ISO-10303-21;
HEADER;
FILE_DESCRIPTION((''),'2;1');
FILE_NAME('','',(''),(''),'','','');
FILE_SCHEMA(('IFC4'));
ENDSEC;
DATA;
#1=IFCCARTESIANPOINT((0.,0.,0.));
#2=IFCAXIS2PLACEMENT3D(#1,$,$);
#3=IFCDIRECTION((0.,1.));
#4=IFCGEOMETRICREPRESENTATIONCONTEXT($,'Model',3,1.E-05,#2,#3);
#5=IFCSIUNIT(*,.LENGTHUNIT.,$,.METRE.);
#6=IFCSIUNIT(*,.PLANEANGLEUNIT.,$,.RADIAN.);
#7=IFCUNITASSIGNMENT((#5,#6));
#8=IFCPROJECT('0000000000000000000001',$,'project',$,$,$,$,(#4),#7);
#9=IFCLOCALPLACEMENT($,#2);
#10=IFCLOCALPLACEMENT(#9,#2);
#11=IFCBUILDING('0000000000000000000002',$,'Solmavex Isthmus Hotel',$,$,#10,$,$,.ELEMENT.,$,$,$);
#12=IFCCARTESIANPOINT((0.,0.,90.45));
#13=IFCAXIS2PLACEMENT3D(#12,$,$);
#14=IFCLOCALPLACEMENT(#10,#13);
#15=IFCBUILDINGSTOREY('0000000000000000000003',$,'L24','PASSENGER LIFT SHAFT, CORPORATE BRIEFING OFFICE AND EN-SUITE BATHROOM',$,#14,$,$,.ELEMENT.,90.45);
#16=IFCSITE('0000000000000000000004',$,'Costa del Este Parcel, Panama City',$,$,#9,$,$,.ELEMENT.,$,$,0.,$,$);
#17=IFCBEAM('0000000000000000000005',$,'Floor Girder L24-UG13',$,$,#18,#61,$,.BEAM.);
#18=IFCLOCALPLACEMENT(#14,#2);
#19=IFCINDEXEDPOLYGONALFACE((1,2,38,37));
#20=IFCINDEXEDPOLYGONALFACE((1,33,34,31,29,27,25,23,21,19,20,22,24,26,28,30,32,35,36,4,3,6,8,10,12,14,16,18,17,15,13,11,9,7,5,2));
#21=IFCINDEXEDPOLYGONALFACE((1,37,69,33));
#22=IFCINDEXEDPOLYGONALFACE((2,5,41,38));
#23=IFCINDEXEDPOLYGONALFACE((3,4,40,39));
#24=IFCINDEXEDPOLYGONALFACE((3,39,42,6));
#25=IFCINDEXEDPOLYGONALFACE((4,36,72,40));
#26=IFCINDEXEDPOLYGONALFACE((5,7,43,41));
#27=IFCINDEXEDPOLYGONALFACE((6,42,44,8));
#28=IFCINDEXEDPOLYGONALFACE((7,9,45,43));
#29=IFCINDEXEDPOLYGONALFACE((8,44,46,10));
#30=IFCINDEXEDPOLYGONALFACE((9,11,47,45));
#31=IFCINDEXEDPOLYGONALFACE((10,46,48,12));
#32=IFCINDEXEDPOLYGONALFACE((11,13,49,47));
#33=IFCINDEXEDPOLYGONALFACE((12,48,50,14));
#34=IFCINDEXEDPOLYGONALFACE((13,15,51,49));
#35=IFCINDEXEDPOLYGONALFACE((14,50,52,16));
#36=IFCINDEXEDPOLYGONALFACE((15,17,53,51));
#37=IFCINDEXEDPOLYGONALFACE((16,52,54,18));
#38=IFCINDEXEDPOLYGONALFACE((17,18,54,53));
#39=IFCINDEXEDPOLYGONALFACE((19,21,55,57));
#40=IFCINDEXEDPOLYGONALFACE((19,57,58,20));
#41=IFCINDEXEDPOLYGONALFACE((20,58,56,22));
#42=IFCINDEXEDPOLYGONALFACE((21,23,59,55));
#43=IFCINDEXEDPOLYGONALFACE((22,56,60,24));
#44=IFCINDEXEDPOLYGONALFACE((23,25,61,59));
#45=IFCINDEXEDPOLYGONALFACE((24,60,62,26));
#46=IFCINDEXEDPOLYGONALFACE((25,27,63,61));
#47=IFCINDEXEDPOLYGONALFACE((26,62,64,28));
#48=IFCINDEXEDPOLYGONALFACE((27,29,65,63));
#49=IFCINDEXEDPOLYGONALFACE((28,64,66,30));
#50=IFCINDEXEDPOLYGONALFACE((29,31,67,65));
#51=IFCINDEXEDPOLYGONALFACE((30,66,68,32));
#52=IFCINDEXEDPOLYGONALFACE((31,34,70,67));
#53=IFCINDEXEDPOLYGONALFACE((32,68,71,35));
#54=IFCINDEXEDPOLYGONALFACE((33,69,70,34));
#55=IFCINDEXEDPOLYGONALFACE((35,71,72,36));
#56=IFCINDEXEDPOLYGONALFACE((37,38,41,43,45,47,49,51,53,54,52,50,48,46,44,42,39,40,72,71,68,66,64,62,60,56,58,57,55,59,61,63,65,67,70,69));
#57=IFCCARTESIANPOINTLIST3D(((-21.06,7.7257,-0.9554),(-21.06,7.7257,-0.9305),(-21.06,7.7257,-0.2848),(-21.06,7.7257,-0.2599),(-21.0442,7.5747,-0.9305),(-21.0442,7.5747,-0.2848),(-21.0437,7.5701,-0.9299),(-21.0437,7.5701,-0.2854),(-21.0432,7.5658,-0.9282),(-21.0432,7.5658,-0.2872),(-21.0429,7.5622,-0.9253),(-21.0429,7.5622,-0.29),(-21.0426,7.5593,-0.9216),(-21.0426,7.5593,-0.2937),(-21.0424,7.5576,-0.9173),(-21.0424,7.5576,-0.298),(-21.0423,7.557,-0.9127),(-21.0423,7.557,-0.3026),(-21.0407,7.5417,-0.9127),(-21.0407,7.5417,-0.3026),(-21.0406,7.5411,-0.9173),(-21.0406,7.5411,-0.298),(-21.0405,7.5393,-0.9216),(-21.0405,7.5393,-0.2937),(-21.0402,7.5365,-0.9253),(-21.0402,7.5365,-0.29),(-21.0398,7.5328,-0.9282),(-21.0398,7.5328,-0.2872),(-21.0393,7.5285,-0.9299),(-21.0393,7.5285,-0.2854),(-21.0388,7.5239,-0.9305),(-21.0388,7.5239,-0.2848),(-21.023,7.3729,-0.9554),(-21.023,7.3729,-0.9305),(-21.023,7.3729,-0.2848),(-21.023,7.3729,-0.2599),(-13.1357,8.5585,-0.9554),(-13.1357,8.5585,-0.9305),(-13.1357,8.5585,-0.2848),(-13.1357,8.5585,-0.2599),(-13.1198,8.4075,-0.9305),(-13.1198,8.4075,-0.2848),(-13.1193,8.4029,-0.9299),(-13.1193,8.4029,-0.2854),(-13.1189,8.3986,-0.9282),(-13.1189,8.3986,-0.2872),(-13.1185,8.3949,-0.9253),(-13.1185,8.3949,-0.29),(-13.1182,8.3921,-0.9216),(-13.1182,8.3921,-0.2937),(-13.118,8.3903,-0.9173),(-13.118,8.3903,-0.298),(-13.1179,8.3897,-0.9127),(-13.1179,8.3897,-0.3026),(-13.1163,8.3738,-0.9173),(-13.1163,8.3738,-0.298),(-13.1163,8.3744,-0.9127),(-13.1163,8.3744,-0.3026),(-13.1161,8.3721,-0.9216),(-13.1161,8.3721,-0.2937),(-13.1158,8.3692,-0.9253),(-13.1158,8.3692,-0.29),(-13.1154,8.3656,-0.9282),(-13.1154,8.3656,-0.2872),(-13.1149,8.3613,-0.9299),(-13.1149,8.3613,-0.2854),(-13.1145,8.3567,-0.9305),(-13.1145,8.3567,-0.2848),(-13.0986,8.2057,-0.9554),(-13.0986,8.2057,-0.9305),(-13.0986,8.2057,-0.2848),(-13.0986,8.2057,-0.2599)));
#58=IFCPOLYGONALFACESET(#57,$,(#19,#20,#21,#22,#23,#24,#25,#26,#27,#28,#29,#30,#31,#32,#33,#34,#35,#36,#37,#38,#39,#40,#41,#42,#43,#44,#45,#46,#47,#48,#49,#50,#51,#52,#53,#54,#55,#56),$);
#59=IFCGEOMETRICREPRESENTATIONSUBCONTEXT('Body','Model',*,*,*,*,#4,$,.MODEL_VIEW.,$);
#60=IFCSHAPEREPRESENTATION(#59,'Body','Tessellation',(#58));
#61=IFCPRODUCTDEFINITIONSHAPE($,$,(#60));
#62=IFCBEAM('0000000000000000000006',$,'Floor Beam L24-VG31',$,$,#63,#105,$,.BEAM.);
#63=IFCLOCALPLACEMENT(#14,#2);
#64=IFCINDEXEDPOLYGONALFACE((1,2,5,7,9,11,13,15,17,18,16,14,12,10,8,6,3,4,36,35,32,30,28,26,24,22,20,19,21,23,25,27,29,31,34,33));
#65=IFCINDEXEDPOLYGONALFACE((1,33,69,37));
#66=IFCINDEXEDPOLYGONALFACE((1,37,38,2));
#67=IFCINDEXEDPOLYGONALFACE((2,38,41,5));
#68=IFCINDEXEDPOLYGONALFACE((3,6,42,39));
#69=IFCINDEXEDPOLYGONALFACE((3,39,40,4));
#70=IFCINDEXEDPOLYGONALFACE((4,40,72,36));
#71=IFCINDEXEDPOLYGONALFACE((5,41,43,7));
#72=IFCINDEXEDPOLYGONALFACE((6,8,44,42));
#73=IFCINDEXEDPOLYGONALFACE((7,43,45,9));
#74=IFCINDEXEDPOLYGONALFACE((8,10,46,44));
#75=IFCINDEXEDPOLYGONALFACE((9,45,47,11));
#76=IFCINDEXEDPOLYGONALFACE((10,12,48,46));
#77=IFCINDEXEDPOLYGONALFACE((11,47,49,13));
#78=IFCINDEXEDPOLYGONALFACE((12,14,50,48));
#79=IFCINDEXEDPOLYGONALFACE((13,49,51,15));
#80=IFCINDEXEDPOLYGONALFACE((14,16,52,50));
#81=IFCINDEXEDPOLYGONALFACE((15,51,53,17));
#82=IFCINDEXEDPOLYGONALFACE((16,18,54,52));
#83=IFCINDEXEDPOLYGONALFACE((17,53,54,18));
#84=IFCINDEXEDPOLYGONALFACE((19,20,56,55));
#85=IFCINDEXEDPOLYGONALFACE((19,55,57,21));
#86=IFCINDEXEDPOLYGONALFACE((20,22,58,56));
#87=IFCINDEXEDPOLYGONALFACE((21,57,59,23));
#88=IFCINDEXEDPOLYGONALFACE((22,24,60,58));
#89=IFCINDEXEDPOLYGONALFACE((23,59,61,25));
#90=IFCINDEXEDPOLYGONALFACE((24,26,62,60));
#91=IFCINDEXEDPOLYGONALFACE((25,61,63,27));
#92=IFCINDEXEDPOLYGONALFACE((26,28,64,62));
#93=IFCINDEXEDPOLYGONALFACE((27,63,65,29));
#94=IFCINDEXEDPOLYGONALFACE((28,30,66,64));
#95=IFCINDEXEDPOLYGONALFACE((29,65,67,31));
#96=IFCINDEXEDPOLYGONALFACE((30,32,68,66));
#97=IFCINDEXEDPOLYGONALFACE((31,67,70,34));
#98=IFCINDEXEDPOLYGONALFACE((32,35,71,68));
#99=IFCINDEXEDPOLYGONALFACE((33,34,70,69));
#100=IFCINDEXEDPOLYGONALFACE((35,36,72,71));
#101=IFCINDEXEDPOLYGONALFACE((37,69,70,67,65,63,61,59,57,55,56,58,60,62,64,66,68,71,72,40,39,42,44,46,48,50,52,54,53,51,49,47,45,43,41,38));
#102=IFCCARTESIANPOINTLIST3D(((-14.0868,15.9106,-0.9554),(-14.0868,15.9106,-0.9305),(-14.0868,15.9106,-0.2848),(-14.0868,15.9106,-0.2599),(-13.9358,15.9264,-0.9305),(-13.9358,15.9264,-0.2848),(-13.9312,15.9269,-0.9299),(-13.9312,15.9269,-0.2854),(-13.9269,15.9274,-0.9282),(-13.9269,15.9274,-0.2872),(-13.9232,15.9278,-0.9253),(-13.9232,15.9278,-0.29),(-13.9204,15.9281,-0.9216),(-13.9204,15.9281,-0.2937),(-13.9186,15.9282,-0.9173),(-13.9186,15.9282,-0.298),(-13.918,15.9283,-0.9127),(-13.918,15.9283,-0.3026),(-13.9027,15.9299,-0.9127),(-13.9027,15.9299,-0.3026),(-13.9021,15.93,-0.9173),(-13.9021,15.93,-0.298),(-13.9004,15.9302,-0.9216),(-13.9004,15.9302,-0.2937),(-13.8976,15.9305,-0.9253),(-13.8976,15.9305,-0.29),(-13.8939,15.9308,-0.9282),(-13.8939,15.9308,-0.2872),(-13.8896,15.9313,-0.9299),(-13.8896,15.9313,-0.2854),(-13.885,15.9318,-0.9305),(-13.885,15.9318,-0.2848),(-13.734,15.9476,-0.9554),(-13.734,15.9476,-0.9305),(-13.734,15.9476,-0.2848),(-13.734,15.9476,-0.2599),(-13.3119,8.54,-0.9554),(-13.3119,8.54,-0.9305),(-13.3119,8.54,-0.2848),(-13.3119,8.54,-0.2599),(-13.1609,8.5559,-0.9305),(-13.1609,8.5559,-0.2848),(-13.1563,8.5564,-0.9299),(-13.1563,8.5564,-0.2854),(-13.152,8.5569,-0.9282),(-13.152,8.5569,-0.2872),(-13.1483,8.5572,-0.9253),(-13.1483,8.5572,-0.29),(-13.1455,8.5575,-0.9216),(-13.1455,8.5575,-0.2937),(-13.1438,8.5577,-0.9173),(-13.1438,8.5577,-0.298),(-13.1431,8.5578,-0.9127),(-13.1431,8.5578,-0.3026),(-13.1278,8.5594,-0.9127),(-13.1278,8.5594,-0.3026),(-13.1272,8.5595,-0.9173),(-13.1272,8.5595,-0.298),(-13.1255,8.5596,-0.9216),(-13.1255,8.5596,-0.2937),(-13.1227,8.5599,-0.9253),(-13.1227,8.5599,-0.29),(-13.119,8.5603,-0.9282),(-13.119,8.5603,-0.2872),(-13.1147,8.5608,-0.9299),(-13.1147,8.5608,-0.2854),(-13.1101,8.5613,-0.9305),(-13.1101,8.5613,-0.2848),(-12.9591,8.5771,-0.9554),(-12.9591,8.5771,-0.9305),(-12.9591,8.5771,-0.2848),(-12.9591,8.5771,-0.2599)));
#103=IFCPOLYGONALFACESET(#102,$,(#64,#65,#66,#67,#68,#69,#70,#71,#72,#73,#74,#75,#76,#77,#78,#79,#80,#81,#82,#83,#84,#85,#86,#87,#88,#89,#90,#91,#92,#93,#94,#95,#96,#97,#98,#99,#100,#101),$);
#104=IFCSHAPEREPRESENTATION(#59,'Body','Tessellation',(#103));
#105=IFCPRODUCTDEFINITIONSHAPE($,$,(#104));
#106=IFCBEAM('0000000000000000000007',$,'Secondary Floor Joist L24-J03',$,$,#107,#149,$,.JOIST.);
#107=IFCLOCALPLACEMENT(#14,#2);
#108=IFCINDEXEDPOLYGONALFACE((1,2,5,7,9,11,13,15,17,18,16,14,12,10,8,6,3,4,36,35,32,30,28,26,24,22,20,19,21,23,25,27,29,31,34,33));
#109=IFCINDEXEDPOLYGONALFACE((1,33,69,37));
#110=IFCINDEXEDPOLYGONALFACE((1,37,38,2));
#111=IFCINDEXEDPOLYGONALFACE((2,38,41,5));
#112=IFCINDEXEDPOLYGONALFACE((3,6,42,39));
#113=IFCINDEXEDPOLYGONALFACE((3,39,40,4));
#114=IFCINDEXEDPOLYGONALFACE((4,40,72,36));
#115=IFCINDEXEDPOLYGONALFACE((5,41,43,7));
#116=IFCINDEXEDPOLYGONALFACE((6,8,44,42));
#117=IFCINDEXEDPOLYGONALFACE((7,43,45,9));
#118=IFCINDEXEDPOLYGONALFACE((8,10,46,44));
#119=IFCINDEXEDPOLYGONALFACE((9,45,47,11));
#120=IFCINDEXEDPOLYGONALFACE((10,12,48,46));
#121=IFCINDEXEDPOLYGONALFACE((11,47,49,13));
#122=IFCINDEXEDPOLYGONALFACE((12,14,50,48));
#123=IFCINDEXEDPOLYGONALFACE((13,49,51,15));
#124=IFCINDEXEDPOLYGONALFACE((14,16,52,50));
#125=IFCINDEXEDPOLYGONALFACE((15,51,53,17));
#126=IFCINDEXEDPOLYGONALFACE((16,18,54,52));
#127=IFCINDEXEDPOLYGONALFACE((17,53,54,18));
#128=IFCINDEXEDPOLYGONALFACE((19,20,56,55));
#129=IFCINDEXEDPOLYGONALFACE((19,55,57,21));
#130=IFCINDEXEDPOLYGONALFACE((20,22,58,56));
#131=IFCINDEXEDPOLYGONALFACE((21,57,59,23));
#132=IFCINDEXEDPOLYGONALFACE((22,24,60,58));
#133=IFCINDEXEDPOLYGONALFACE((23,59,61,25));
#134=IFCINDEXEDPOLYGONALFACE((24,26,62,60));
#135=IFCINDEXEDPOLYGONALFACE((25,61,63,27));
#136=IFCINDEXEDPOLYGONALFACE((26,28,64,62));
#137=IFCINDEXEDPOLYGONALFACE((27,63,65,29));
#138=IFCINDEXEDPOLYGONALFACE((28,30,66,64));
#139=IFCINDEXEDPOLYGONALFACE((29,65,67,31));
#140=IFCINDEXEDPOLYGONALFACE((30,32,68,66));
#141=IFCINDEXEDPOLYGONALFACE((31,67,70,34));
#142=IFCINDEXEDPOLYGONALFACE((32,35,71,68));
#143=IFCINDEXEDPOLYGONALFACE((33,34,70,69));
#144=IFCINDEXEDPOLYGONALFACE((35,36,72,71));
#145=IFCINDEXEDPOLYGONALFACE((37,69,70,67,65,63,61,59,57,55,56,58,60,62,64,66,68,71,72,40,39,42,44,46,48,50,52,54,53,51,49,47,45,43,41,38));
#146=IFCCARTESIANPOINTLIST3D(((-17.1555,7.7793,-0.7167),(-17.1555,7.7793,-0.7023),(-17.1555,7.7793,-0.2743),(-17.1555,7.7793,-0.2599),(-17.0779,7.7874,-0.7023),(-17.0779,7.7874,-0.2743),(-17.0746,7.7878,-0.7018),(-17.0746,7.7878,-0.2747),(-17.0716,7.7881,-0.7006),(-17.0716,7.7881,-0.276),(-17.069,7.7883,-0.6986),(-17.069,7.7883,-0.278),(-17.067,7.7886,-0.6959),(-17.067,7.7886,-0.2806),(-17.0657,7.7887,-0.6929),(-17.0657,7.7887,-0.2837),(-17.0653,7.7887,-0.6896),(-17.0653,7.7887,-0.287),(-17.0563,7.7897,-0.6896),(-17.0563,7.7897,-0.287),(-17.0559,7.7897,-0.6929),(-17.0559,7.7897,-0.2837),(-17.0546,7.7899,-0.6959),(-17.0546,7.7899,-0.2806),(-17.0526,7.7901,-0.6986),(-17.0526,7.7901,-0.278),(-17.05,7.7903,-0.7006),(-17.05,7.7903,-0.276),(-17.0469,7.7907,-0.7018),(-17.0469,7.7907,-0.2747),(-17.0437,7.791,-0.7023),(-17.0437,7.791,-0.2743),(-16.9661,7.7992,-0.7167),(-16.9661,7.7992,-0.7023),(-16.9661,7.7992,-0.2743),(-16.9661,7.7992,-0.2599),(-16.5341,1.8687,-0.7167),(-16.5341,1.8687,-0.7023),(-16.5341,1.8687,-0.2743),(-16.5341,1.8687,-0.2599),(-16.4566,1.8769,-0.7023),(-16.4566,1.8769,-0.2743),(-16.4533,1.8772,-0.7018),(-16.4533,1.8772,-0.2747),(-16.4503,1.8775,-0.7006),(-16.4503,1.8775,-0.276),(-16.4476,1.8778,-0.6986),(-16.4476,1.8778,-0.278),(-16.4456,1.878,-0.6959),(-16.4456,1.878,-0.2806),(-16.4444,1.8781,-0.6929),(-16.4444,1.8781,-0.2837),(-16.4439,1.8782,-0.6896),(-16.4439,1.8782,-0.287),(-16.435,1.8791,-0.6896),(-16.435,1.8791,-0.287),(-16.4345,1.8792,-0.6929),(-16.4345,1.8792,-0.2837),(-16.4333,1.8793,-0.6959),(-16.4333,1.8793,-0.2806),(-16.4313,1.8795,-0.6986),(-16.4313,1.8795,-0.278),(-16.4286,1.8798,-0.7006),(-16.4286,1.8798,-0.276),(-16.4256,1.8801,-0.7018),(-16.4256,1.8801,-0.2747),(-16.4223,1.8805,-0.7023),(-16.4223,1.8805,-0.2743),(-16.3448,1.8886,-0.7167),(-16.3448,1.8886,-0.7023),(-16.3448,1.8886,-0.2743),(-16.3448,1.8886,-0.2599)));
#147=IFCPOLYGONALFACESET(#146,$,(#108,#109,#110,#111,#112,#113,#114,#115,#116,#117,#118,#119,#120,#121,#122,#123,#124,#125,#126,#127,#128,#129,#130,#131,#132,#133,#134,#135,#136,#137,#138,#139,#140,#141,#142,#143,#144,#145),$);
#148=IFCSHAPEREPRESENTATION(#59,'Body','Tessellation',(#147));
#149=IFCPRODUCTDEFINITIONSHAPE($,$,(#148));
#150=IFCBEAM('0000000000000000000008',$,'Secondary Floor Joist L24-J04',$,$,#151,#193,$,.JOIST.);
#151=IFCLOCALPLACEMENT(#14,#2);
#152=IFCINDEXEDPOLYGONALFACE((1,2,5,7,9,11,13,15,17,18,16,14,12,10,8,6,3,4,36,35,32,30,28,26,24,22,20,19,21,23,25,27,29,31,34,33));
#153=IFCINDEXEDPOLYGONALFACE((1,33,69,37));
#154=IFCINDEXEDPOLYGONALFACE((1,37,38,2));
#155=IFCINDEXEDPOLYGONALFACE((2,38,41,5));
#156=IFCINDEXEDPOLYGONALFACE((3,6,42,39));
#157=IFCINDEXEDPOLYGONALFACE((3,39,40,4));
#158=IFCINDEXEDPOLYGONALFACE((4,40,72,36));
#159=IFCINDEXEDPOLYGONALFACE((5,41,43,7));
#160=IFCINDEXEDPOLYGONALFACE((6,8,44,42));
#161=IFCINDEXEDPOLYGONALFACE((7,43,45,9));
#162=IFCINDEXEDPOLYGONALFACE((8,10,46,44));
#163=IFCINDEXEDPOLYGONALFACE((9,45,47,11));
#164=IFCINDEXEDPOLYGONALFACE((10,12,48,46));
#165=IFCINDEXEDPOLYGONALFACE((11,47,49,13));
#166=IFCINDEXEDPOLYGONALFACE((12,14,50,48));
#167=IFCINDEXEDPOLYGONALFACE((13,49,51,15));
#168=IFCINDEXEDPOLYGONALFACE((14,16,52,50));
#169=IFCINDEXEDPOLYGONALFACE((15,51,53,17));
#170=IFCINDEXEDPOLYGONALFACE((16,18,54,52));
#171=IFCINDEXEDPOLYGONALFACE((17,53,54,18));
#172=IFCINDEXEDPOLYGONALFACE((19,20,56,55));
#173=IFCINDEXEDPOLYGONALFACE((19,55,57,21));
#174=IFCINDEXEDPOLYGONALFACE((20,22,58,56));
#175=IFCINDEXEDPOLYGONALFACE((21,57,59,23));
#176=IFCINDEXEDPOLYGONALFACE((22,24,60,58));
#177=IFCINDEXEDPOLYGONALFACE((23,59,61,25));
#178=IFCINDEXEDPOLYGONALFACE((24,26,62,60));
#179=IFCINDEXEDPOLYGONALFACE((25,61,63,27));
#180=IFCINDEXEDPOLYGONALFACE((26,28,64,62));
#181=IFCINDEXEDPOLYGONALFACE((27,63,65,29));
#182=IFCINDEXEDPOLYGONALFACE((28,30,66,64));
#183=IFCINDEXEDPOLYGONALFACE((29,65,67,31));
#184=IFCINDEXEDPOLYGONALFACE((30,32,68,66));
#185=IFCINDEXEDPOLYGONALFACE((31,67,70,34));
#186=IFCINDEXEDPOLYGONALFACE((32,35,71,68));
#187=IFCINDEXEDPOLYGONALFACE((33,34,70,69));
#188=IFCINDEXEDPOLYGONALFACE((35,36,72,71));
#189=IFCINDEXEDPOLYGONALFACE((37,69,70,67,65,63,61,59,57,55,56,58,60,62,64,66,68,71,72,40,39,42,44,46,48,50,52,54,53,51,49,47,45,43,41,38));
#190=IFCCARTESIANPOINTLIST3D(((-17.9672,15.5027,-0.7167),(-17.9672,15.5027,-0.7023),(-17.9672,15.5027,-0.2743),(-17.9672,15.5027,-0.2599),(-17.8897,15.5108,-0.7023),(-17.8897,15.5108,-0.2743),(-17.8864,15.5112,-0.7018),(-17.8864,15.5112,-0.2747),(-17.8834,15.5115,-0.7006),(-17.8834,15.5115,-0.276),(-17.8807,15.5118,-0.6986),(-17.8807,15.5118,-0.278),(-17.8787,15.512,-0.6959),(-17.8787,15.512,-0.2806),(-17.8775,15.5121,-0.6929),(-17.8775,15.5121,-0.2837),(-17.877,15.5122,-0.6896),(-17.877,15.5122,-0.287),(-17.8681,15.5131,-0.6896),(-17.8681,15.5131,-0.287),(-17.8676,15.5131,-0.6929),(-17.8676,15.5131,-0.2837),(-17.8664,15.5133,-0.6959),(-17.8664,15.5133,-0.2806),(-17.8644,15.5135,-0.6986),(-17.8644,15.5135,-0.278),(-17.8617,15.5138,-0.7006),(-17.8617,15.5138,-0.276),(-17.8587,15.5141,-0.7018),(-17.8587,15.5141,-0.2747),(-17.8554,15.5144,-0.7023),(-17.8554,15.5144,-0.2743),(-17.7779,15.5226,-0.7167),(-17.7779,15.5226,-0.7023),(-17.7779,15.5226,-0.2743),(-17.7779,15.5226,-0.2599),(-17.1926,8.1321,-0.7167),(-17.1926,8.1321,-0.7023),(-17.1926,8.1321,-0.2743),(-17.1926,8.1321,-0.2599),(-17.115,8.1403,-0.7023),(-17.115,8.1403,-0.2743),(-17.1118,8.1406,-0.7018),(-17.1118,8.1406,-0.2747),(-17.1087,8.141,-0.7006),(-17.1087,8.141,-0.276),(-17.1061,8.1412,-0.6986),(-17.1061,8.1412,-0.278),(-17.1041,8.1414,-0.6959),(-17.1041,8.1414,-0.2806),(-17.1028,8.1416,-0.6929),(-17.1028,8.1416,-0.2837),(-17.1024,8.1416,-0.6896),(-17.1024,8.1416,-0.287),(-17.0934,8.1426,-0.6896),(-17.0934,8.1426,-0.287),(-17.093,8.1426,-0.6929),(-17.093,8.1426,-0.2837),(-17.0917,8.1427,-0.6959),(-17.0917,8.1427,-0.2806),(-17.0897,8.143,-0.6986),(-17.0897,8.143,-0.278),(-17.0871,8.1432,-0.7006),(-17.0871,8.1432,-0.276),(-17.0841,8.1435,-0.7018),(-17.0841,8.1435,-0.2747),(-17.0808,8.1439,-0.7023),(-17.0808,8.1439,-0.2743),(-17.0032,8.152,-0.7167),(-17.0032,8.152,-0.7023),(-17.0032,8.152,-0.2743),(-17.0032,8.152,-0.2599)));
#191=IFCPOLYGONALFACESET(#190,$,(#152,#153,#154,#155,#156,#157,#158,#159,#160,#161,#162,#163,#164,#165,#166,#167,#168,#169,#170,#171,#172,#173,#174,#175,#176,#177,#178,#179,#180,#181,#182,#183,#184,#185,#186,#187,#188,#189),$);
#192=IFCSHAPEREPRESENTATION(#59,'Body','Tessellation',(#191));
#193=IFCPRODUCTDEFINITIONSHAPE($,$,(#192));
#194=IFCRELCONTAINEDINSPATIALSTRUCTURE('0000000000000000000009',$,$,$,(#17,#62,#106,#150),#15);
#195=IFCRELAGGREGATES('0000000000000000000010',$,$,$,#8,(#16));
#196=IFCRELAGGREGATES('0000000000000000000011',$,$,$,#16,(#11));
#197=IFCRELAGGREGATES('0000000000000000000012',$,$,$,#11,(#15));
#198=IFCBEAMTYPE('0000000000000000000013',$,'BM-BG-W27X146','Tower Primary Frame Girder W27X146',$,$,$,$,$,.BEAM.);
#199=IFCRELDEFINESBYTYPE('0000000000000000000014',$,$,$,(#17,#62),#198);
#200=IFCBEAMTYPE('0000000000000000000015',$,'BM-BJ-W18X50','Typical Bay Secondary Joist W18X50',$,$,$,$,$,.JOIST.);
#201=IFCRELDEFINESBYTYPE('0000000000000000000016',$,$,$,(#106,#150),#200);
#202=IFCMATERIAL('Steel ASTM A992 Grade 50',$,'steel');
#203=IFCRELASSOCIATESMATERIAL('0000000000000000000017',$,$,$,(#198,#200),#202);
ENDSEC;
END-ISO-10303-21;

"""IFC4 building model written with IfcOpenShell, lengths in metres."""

from ifc_helpers import new_model, si_unit, direction, frame, origin, origin_2d, place, context, subcontext, project, spatial, i_section, extrude, material, material_profile, profile_set, type_object, element, save


model = new_model("IFC4")

# Units and contexts
model_context = context("Model", 3, precision=1e-05, world=origin(), true_north=direction((0.0, 1.0)))
body_context = subcontext(model_context, "Body", "Model", "MODEL_VIEW")
ifc_project = project(units=[si_unit("LENGTHUNIT", "METRE"), si_unit("PLANEANGLEUNIT", "RADIAN")], contexts=[model_context])

# Site, building, storey
site_placement = place(None, origin())
site = spatial("IfcSite", under=ifc_project, at=site_placement, Name="Costa del Este Parcel, Panama City", CompositionType="ELEMENT", RefElevation=0.0)
building_placement = place(site_placement, origin())
building = spatial("IfcBuilding", under=site, at=building_placement, Name="Solmavex Isthmus Hotel", CompositionType="ELEMENT")
storey_placement = place(building_placement, frame((0.0, 0.0, 90.45)))
storey = spatial("IfcBuildingStorey", under=building, at=storey_placement, Name="L24", Description="PASSENGER LIFT SHAFT, CORPORATE BRIEFING OFFICE AND EN-SUITE BATHROOM", CompositionType="ELEMENT", Elevation=90.45)

# Beams
ifc_material_1 = material(Name="Steel ASTM A992 Grade 50", Category="steel")
ifc_material_profile_1 = material_profile(ifc_material_1, i_section(OverallWidth=0.3547, OverallDepth=0.6956, WebThickness=0.0154, FlangeThickness=0.0249, FilletRadius=0.0178, at=origin_2d()), Name="W27X146")
ifc_profile_set_1 = profile_set([ifc_material_profile_1], Name="Steel ASTM A992 Grade 50")
beam_type_1 = type_object("IfcBeamType", Name="BM-BG-W27X146", Description="Tower Primary Frame Girder W27X146", PredefinedType="BEAM", material=ifc_profile_set_1)
for number, where, z_axis, x_axis, name in (
    (1, (-21.0415, 7.5493, -0.6077), (0.994523, 0.104514, 0.0), (-0.104514, 0.994523, 0.0), "Floor Girder L24-UG13"),
):
    element("IfcBeam", number, at=place(storey_placement, frame(where, z_axis=z_axis, x_axis=x_axis)), inside=storey, type_object=beam_type_1, Name=name, PredefinedType="BEAM", context=body_context, shape_type="SweptSolid", body=[
        extrude(i_section(OverallWidth=0.3547, OverallDepth=0.6956, WebThickness=0.0154, FlangeThickness=0.0249, FilletRadius=0.0178, at=origin_2d()), origin(), (0.0, 0.0, 1.0), 7.968),
    ])
beam_1_placement = place(storey_placement, frame((-13.1355, 8.5586, -0.6077), z_axis=(-0.104558, 0.994519, 0.0), x_axis=(-0.994519, -0.104558, 0.0)))
element("IfcBeam", 2, at=beam_1_placement, inside=storey, type_object=beam_type_1, Name="Floor Beam L24-VG31", PredefinedType="BEAM", context=body_context, shape_type="SweptSolid", body=[
    extrude(i_section(OverallWidth=0.3547, OverallDepth=0.6956, WebThickness=0.0154, FlangeThickness=0.0249, FilletRadius=0.0178, at=origin_2d()), origin(), (0.0, 0.0, 1.0), 7.4111),
])
ifc_material_profile_2 = material_profile(ifc_material_1, i_section(OverallWidth=0.1904, OverallDepth=0.4568, WebThickness=0.009, FlangeThickness=0.0144, FilletRadius=0.0127, at=origin_2d()), Name="W18X50")
ifc_profile_set_2 = profile_set([ifc_material_profile_2], Name="Steel ASTM A992 Grade 50")
beam_type_2 = type_object("IfcBeamType", Name="BM-BJ-W18X50", Description="Typical Bay Secondary Joist W18X50", PredefinedType="JOIST", material=ifc_profile_set_2)
beam_2_placement = place(storey_placement, frame((-16.4395, 1.8787, -0.4883), z_axis=(-0.104546, 0.99452, 0.0), x_axis=(-0.99452, -0.104546, 0.0)))
element("IfcBeam", 3, at=beam_2_placement, inside=storey, type_object=beam_type_2, Name="Secondary Floor Joist L24-J03", PredefinedType="JOIST", context=body_context, shape_type="SweptSolid", body=[
    extrude(i_section(OverallWidth=0.1904, OverallDepth=0.4568, WebThickness=0.009, FlangeThickness=0.0144, FilletRadius=0.0127, at=origin_2d()), origin(), (0.0, 0.0, 1.0), 5.9431),
])
beam_3_placement = place(storey_placement, frame((-17.0979, 8.1421, -0.4883), z_axis=(-0.104525, 0.994522, 0.0), x_axis=(-0.994522, -0.104525, 0.0)))
element("IfcBeam", 4, at=beam_3_placement, inside=storey, type_object=beam_type_2, Name="Secondary Floor Joist L24-J04", PredefinedType="JOIST", context=body_context, shape_type="SweptSolid", body=[
    extrude(i_section(OverallWidth=0.1904, OverallDepth=0.4568, WebThickness=0.009, FlangeThickness=0.0144, FilletRadius=0.0127, at=origin_2d()), origin(), (0.0, 0.0, 1.0), 7.4111),
])

save(model, "model.ifc")
